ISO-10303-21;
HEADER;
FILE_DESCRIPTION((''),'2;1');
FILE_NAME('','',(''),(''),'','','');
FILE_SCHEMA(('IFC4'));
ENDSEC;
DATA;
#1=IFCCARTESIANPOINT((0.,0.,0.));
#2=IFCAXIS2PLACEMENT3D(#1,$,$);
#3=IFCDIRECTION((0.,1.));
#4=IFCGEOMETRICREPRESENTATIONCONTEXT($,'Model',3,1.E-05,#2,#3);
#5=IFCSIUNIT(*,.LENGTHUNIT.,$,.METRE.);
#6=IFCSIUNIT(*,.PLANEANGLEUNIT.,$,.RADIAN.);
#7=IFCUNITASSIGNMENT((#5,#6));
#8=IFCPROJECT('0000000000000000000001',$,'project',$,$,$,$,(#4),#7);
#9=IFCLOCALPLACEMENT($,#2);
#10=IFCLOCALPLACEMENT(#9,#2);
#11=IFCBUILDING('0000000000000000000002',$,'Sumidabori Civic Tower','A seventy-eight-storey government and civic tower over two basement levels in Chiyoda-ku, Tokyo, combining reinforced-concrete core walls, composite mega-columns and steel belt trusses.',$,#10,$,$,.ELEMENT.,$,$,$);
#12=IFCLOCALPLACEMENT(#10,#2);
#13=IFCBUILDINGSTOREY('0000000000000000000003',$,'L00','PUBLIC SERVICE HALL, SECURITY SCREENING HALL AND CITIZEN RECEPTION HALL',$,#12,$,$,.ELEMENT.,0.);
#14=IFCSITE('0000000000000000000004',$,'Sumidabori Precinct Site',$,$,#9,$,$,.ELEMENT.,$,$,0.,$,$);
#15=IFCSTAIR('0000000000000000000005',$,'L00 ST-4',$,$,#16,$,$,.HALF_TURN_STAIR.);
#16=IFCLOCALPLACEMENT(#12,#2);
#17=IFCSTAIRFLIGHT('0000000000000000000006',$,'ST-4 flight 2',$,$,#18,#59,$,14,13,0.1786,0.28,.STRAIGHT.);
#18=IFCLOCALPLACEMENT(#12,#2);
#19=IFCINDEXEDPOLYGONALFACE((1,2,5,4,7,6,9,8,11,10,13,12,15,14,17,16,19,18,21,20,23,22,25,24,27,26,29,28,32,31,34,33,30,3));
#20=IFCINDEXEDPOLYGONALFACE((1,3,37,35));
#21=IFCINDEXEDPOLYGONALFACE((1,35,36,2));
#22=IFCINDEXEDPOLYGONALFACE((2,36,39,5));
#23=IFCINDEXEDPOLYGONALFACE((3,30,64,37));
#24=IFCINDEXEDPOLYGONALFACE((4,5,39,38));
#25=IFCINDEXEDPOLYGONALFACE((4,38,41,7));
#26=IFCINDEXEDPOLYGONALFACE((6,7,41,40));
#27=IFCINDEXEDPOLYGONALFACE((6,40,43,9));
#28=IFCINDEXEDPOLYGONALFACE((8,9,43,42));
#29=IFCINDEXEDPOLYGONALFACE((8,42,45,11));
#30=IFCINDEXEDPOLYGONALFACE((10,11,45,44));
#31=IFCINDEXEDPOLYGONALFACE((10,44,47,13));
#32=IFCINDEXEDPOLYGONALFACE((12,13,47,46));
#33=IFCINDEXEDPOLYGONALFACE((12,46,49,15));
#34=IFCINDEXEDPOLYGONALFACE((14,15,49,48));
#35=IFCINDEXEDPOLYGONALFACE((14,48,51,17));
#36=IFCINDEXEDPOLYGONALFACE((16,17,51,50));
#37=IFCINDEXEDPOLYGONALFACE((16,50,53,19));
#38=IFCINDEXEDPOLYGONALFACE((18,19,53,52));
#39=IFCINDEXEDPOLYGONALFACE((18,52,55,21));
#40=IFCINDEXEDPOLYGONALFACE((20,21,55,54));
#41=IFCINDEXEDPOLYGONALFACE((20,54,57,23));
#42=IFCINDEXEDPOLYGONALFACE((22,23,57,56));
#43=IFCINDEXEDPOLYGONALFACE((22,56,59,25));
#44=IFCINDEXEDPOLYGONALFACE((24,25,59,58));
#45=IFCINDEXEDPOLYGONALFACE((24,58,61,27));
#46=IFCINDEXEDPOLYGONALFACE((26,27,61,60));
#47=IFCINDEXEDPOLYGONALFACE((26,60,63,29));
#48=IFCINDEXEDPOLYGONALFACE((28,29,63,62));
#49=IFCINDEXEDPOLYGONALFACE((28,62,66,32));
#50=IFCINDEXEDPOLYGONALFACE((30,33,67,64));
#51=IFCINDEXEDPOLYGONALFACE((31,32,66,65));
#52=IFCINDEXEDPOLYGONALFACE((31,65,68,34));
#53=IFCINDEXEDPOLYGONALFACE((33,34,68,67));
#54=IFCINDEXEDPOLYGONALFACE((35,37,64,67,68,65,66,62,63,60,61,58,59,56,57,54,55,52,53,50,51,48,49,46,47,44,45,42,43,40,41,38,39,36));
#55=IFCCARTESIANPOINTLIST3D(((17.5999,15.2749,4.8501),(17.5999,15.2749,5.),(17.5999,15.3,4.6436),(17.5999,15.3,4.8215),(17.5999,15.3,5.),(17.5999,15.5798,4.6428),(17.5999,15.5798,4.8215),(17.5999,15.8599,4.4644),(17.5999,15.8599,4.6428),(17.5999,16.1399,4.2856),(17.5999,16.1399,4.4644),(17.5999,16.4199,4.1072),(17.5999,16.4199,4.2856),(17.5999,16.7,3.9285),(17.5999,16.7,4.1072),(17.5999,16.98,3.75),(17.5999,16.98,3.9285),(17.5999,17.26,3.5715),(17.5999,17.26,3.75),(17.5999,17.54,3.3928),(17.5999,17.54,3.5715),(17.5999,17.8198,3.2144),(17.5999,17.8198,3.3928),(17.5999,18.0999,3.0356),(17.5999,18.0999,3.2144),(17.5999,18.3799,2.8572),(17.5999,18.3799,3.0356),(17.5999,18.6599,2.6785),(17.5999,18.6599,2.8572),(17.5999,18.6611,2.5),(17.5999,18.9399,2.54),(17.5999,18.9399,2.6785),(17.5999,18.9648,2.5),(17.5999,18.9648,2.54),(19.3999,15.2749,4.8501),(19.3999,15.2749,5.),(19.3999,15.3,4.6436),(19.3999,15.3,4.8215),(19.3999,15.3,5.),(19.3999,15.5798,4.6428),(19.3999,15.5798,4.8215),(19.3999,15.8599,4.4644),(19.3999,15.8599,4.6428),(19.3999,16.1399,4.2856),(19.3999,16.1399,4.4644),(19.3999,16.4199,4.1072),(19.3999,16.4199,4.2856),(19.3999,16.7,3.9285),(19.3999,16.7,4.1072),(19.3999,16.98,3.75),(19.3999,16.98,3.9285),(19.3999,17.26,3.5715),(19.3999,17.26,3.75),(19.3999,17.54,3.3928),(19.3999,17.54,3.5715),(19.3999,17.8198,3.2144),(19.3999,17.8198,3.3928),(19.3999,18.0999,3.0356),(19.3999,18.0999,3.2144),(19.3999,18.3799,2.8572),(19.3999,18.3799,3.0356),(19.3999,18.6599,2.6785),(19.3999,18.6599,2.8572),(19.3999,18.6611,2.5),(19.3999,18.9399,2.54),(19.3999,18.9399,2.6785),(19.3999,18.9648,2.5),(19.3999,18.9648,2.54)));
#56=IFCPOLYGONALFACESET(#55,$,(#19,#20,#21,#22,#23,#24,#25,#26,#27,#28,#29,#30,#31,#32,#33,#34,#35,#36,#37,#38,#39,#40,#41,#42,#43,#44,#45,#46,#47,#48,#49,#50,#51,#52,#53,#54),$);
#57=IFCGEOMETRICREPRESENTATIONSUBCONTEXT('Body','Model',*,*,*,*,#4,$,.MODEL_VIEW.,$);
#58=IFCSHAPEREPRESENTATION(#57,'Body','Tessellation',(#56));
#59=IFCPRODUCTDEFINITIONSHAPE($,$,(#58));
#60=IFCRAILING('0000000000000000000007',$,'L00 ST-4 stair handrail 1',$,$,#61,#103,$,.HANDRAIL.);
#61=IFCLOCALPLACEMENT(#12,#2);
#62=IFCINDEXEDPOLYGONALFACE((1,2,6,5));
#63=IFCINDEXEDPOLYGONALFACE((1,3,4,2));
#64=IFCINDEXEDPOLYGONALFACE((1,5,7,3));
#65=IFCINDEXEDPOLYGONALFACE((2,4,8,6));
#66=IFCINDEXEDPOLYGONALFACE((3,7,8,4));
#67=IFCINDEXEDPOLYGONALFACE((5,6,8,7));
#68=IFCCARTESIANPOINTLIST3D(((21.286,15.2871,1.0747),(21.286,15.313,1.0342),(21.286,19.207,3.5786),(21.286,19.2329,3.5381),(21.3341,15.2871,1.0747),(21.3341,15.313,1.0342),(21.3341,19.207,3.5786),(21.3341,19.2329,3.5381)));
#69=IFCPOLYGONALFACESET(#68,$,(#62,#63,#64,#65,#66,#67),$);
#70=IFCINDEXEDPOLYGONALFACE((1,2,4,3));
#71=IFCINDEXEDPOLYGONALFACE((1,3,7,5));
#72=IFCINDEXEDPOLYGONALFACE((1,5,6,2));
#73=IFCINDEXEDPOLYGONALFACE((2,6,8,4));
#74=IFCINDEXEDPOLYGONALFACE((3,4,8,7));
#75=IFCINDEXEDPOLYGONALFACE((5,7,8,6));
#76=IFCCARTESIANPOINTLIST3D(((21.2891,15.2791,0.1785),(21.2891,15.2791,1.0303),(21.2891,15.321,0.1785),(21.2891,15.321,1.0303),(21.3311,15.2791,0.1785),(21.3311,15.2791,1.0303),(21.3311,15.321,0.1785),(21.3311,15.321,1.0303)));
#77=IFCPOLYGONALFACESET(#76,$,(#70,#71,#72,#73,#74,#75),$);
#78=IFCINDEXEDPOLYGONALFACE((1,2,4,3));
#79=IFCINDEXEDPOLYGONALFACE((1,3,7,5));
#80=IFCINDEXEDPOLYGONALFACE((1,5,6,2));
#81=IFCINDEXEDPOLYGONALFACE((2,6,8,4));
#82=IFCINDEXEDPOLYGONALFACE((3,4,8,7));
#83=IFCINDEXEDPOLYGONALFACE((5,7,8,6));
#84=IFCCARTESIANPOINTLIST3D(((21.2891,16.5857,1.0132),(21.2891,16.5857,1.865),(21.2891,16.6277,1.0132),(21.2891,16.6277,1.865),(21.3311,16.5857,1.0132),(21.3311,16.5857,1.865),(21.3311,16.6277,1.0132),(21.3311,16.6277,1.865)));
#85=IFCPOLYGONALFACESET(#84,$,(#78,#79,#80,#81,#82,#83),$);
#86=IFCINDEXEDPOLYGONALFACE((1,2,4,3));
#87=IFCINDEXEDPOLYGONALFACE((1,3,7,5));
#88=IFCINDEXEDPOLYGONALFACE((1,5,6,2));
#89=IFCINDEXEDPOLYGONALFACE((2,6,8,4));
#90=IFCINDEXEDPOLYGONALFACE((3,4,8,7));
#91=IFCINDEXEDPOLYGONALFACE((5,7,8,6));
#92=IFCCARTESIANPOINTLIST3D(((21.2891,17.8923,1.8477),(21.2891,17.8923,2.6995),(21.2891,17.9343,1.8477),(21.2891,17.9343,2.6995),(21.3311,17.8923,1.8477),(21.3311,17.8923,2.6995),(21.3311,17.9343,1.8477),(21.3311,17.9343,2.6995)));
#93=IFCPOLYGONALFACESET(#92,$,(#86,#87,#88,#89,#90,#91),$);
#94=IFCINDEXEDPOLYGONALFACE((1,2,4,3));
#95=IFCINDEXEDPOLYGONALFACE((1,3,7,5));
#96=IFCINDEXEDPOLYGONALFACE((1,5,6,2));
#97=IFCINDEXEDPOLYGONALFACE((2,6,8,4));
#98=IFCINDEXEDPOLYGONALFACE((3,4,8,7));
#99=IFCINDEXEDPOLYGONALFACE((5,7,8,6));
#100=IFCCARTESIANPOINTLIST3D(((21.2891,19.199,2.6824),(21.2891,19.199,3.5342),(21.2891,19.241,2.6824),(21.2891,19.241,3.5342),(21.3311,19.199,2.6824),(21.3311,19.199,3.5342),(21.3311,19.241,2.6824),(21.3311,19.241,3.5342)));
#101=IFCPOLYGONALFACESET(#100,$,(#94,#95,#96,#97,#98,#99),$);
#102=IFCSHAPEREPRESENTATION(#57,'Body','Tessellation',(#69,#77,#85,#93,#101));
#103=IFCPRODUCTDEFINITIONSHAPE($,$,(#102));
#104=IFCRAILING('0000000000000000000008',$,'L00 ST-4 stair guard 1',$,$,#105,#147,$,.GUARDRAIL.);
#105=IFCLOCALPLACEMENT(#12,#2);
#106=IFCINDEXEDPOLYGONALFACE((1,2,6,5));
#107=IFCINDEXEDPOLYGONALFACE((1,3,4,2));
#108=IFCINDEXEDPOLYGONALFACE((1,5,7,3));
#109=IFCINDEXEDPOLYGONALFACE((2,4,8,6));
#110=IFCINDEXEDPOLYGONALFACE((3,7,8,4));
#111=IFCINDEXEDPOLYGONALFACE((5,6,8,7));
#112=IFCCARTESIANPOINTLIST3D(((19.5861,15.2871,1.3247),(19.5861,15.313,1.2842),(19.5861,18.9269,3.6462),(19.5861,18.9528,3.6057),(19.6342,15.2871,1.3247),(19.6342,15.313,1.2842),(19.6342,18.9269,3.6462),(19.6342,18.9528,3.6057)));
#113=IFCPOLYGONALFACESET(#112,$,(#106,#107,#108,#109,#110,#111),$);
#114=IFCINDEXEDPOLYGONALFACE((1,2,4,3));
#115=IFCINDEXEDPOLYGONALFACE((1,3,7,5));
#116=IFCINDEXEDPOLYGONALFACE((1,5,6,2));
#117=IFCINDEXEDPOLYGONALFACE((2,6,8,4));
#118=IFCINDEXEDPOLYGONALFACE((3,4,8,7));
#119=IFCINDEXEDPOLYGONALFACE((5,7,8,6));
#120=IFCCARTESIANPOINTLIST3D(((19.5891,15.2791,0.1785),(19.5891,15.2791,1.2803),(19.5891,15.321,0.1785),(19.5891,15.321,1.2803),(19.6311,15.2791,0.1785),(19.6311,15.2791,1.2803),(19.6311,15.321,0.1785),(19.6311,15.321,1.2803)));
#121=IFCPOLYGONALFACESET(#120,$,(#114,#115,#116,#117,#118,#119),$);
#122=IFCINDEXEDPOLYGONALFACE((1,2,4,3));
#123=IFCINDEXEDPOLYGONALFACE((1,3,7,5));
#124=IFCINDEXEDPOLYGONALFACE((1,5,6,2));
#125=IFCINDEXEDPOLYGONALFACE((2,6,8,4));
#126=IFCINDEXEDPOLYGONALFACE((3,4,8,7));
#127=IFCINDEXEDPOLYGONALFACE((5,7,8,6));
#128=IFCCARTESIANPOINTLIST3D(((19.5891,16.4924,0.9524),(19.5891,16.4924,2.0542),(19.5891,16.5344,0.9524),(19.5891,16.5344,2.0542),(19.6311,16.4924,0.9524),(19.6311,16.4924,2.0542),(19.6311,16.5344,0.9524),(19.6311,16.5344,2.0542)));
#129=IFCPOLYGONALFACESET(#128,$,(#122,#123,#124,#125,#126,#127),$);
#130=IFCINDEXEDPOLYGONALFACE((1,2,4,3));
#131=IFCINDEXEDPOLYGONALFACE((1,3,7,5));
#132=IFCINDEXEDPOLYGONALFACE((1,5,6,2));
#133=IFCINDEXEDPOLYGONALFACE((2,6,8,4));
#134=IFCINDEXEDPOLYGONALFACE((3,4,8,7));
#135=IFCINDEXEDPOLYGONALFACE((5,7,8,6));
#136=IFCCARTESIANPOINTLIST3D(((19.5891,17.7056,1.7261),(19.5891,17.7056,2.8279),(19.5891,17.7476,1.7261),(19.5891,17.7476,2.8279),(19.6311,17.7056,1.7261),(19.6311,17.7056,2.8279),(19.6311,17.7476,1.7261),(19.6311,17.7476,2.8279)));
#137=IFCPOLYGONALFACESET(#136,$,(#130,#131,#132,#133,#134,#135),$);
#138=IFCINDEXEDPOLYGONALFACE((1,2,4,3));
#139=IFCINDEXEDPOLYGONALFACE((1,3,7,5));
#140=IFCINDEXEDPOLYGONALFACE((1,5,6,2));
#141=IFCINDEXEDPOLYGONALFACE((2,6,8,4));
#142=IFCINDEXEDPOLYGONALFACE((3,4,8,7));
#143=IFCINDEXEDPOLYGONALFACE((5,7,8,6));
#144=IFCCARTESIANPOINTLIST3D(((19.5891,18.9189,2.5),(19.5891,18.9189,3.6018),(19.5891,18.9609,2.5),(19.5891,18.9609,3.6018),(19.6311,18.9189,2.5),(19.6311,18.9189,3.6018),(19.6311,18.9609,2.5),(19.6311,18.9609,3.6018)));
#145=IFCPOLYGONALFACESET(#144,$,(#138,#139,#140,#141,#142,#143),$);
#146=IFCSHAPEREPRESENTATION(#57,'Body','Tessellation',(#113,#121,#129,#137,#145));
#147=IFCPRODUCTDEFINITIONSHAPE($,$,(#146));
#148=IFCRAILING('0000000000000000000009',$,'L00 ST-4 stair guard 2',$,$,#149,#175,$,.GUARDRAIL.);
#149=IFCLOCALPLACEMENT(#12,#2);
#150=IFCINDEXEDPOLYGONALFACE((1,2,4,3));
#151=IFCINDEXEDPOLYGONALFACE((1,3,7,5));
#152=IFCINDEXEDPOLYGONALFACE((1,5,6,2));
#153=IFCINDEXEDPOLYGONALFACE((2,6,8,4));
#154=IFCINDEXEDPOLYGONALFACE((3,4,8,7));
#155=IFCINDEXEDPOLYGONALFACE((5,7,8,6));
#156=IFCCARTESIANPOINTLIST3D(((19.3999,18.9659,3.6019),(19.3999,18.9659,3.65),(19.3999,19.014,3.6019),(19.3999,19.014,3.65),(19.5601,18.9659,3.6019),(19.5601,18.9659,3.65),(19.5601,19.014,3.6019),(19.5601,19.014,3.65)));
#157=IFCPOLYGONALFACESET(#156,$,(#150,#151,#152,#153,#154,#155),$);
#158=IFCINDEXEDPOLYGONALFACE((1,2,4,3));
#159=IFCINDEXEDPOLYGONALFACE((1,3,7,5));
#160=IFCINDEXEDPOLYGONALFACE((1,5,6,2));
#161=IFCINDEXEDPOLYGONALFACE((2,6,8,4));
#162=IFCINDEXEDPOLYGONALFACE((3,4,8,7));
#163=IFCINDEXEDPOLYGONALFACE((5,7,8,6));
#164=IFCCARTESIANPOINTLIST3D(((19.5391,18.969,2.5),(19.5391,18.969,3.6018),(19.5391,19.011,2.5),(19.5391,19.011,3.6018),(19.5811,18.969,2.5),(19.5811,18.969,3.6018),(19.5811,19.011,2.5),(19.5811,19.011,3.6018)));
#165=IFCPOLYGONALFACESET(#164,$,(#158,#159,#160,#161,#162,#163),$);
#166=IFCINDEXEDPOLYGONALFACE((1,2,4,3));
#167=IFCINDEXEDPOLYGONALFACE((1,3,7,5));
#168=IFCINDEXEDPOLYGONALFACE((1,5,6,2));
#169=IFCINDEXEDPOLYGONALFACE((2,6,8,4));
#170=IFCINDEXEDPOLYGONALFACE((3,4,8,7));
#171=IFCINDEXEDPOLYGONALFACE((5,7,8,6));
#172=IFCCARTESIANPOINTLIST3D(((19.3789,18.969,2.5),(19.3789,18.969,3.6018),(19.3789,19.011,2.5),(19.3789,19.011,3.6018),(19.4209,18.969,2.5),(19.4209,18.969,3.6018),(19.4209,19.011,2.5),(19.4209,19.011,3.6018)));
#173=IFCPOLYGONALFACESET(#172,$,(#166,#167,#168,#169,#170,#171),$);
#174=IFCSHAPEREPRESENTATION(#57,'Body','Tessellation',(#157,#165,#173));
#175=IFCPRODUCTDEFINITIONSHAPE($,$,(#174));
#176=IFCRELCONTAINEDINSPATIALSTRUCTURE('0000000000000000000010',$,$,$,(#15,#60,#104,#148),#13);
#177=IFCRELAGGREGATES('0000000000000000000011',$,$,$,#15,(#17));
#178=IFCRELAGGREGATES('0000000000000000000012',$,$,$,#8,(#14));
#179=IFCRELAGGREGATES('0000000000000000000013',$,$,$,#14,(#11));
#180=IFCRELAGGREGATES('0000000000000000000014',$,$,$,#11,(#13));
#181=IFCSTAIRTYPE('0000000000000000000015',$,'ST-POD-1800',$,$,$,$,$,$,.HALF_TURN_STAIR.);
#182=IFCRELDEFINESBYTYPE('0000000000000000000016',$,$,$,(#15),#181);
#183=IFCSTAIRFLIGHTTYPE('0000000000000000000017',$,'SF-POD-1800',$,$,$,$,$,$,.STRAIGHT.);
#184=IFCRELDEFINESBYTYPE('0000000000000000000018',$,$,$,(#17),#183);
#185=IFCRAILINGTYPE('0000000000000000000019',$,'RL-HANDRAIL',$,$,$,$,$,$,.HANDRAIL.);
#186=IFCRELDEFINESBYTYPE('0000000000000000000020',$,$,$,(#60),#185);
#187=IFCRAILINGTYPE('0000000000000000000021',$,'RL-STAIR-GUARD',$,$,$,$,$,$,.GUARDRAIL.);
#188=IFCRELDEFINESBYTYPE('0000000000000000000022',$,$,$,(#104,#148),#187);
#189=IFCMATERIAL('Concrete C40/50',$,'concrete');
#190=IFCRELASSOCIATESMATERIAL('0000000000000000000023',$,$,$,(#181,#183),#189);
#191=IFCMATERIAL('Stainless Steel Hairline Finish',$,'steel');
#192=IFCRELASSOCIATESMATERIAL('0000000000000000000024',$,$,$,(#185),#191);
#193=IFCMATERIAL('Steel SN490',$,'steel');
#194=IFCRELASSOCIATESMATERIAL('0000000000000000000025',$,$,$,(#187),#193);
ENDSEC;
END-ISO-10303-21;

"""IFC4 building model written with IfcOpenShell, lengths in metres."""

from ifc_helpers import new_model, si_unit, direction, frame, origin, origin_2d, place, context, subcontext, project, spatial, polyline, rectangle, outline, extrude, source, transform, mapped, material, type_object, element, aggregate, save


model = new_model("IFC4")

# Units and contexts
model_context = context("Model", 3, precision=1e-05, world=origin(), true_north=direction((0.0, 1.0)))
body_context = subcontext(model_context, "Body", "Model", "MODEL_VIEW")
ifc_project = project(units=[si_unit("LENGTHUNIT", "METRE"), si_unit("PLANEANGLEUNIT", "RADIAN")], contexts=[model_context])

# Site, building, storey
site_placement = place(None, origin())
site = spatial("IfcSite", under=ifc_project, at=site_placement, Name="Sumidabori Precinct Site", CompositionType="ELEMENT", RefElevation=0.0)
building_placement = place(site_placement, origin())
building = spatial("IfcBuilding", under=site, at=building_placement, Name="Sumidabori Civic Tower", Description="A seventy-eight-storey government and civic tower over two basement levels in Chiyoda-ku, Tokyo, combining reinforced-concrete core walls, composite mega-columns and steel belt trusses.", CompositionType="ELEMENT")
storey_placement = place(building_placement, origin())
storey = spatial("IfcBuildingStorey", under=building, at=storey_placement, Name="L00", Description="PUBLIC SERVICE HALL, SECURITY SCREENING HALL AND CITIZEN RECEPTION HALL", CompositionType="ELEMENT", Elevation=0.0)

# Shared definitions
ifc_material_1 = material(Name="Steel SN490", Category="steel")

# Stair, stair flight
ifc_material_2 = material(Name="Concrete C40/50", Category="concrete")
stair_type = type_object("IfcStairType", Name="ST-POD-1800", PredefinedType="HALF_TURN_STAIR", material=ifc_material_2)
stair_placement = place(storey_placement, origin())
stair = element("IfcStair", 1, at=stair_placement, inside=storey, type_object=stair_type, Name="L00 ST-4", PredefinedType="HALF_TURN_STAIR")
stair_flight_type = type_object("IfcStairFlightType", Name="SF-POD-1800", PredefinedType="STRAIGHT", material=ifc_material_2)
shared_shape_1 = source(origin(), body_context, "Body", "SweptSolid", [
    extrude(outline(polyline([(-0.0249, 0.0), (-0.0249, 0.04), (0.0, 0.04), (0.0, 0.1785), (0.28, 0.1785), (0.28, 0.3572), (0.5601, 0.3572), (0.5601, 0.5356), (0.8401, 0.5356), (0.8401, 0.7144), (1.1201, 0.7144), (1.1201, 0.8928), (1.3999, 0.8928), (1.3999, 1.0715), (1.6799, 1.0715), (1.6799, 1.25), (1.96, 1.25), (1.96, 1.4285), (2.24, 1.4285), (2.24, 1.6072), (2.52, 1.6072), (2.52, 1.7856), (2.8, 1.7856), (2.8, 1.9644), (3.0801, 1.9644), (3.0801, 2.1428), (3.3601, 2.1428), (3.3601, 2.3215), (3.6399, 2.3215), (3.6399, 2.5), (3.665, 2.5), (3.665, 2.3501), (3.6399, 2.1436), (0.2788, 0.0), (-0.0249, 0.0)])), frame((0.0, 0.8999, 0.0), z_axis=(0.0, -1.0, 0.0), x_axis=(1.0, 0.0, 0.0)), (0.0, 0.0, 1.0), 1.8),
])
stair_flight_1_placement = place(storey_placement, frame((18.5, 18.9399, 2.5), z_axis=(0.0, 0.0, 1.0), x_axis=(0.0, -1.0, 0.0)))
stair_flight_1 = element("IfcStairFlight", 2, at=stair_flight_1_placement, type_object=stair_flight_type, Name="ST-4 flight 2", NumberOfRisers=14, NumberOfTreads=13, PredefinedType="STRAIGHT", RiserHeight=0.1786, TreadLength=0.28, context=body_context, shape_type="MappedRepresentation", body=[
    mapped(shared_shape_1, transform((0.0, 0.0, 0.0), x_axis=(1.0, 0.0, 0.0), y_axis=(0.0, 1.0, 0.0), z_axis=(0.0, 0.0, 1.0), scale=1.0)),
])
aggregate(stair, [stair_flight_1])

# Railings
ifc_material_3 = material(Name="Stainless Steel Hairline Finish", Category="steel")
railing_type_1 = type_object("IfcRailingType", Name="RL-HANDRAIL", PredefinedType="HANDRAIL", material=ifc_material_3)
railing_1_placement = place(storey_placement, frame((21.3101, 15.3, 0.1785)))
element("IfcRailing", 3, at=railing_1_placement, inside=storey, type_object=railing_type_1, Name="L00 ST-4 stair handrail 1", PredefinedType="HANDRAIL", context=body_context, shape_type="SweptSolid", body=[
    extrude(rectangle(XDim=0.0481, YDim=0.0481, at=origin_2d()), frame((0.0, 0.0, 0.876), z_axis=(0.0, 0.842744, 0.538315), x_axis=(-1.0, 0.0, 0.0)), (0.0, 0.0, 1.0), 4.6514),
    extrude(rectangle(XDim=0.042, YDim=0.042, at=origin_2d()), origin(), (0.0, 0.0, 1.0), 0.8518),
    extrude(rectangle(XDim=0.042, YDim=0.042, at=origin_2d()), frame((0.0, 1.3066, 0.8347)), (0.0, 0.0, 1.0), 0.8518),
    extrude(rectangle(XDim=0.042, YDim=0.042, at=origin_2d()), frame((0.0, 2.6133, 1.6692)), (0.0, 0.0, 1.0), 0.8518),
    extrude(rectangle(XDim=0.042, YDim=0.042, at=origin_2d()), frame((0.0, 3.9199, 2.5039)), (0.0, 0.0, 1.0), 0.8518),
])
railing_type_2 = type_object("IfcRailingType", Name="RL-STAIR-GUARD", PredefinedType="GUARDRAIL", material=ifc_material_1)
railing_2_placement = place(storey_placement, frame((19.6101, 15.3, 0.1785)))
element("IfcRailing", 4, at=railing_2_placement, inside=storey, type_object=railing_type_2, Name="L00 ST-4 stair guard 1", PredefinedType="GUARDRAIL", context=body_context, shape_type="SweptSolid", body=[
    extrude(rectangle(XDim=0.0481, YDim=0.0481, at=origin_2d()), frame((0.0, 0.0, 1.126), z_axis=(0.0, 0.843112, 0.537739), x_axis=(-1.0, 0.0, 0.0)), (0.0, 0.0, 1.0), 4.3171),
    extrude(rectangle(XDim=0.042, YDim=0.042, at=origin_2d()), origin(), (0.0, 0.0, 1.0), 1.1018),
    extrude(rectangle(XDim=0.042, YDim=0.042, at=origin_2d()), frame((0.0, 1.2134, 0.7739)), (0.0, 0.0, 1.0), 1.1018),
    extrude(rectangle(XDim=0.042, YDim=0.042, at=origin_2d()), frame((0.0, 2.4265, 1.5476)), (0.0, 0.0, 1.0), 1.1018),
    extrude(rectangle(XDim=0.042, YDim=0.042, at=origin_2d()), frame((0.0, 3.6399, 2.3215)), (0.0, 0.0, 1.0), 1.1018),
])
railing_3_placement = place(storey_placement, frame((19.5601, 18.99, 2.5)))
element("IfcRailing", 5, at=railing_3_placement, inside=storey, type_object=railing_type_2, Name="L00 ST-4 stair guard 2", PredefinedType="GUARDRAIL", context=body_context, shape_type="SweptSolid", body=[
    extrude(rectangle(XDim=0.0481, YDim=0.0481, at=origin_2d()), frame((0.0, 0.0, 1.126), z_axis=(-1.0, 0.0, 0.0), x_axis=(0.0, -1.0, 0.0)), (0.0, 0.0, 1.0), 0.1602),
    extrude(rectangle(XDim=0.042, YDim=0.042, at=origin_2d()), origin(), (0.0, 0.0, 1.0), 1.1018),
    extrude(rectangle(XDim=0.042, YDim=0.042, at=origin_2d()), frame((-0.1602, 0.0, 0.0)), (0.0, 0.0, 1.0), 1.1018),
])

save(model, "model.ifc")
